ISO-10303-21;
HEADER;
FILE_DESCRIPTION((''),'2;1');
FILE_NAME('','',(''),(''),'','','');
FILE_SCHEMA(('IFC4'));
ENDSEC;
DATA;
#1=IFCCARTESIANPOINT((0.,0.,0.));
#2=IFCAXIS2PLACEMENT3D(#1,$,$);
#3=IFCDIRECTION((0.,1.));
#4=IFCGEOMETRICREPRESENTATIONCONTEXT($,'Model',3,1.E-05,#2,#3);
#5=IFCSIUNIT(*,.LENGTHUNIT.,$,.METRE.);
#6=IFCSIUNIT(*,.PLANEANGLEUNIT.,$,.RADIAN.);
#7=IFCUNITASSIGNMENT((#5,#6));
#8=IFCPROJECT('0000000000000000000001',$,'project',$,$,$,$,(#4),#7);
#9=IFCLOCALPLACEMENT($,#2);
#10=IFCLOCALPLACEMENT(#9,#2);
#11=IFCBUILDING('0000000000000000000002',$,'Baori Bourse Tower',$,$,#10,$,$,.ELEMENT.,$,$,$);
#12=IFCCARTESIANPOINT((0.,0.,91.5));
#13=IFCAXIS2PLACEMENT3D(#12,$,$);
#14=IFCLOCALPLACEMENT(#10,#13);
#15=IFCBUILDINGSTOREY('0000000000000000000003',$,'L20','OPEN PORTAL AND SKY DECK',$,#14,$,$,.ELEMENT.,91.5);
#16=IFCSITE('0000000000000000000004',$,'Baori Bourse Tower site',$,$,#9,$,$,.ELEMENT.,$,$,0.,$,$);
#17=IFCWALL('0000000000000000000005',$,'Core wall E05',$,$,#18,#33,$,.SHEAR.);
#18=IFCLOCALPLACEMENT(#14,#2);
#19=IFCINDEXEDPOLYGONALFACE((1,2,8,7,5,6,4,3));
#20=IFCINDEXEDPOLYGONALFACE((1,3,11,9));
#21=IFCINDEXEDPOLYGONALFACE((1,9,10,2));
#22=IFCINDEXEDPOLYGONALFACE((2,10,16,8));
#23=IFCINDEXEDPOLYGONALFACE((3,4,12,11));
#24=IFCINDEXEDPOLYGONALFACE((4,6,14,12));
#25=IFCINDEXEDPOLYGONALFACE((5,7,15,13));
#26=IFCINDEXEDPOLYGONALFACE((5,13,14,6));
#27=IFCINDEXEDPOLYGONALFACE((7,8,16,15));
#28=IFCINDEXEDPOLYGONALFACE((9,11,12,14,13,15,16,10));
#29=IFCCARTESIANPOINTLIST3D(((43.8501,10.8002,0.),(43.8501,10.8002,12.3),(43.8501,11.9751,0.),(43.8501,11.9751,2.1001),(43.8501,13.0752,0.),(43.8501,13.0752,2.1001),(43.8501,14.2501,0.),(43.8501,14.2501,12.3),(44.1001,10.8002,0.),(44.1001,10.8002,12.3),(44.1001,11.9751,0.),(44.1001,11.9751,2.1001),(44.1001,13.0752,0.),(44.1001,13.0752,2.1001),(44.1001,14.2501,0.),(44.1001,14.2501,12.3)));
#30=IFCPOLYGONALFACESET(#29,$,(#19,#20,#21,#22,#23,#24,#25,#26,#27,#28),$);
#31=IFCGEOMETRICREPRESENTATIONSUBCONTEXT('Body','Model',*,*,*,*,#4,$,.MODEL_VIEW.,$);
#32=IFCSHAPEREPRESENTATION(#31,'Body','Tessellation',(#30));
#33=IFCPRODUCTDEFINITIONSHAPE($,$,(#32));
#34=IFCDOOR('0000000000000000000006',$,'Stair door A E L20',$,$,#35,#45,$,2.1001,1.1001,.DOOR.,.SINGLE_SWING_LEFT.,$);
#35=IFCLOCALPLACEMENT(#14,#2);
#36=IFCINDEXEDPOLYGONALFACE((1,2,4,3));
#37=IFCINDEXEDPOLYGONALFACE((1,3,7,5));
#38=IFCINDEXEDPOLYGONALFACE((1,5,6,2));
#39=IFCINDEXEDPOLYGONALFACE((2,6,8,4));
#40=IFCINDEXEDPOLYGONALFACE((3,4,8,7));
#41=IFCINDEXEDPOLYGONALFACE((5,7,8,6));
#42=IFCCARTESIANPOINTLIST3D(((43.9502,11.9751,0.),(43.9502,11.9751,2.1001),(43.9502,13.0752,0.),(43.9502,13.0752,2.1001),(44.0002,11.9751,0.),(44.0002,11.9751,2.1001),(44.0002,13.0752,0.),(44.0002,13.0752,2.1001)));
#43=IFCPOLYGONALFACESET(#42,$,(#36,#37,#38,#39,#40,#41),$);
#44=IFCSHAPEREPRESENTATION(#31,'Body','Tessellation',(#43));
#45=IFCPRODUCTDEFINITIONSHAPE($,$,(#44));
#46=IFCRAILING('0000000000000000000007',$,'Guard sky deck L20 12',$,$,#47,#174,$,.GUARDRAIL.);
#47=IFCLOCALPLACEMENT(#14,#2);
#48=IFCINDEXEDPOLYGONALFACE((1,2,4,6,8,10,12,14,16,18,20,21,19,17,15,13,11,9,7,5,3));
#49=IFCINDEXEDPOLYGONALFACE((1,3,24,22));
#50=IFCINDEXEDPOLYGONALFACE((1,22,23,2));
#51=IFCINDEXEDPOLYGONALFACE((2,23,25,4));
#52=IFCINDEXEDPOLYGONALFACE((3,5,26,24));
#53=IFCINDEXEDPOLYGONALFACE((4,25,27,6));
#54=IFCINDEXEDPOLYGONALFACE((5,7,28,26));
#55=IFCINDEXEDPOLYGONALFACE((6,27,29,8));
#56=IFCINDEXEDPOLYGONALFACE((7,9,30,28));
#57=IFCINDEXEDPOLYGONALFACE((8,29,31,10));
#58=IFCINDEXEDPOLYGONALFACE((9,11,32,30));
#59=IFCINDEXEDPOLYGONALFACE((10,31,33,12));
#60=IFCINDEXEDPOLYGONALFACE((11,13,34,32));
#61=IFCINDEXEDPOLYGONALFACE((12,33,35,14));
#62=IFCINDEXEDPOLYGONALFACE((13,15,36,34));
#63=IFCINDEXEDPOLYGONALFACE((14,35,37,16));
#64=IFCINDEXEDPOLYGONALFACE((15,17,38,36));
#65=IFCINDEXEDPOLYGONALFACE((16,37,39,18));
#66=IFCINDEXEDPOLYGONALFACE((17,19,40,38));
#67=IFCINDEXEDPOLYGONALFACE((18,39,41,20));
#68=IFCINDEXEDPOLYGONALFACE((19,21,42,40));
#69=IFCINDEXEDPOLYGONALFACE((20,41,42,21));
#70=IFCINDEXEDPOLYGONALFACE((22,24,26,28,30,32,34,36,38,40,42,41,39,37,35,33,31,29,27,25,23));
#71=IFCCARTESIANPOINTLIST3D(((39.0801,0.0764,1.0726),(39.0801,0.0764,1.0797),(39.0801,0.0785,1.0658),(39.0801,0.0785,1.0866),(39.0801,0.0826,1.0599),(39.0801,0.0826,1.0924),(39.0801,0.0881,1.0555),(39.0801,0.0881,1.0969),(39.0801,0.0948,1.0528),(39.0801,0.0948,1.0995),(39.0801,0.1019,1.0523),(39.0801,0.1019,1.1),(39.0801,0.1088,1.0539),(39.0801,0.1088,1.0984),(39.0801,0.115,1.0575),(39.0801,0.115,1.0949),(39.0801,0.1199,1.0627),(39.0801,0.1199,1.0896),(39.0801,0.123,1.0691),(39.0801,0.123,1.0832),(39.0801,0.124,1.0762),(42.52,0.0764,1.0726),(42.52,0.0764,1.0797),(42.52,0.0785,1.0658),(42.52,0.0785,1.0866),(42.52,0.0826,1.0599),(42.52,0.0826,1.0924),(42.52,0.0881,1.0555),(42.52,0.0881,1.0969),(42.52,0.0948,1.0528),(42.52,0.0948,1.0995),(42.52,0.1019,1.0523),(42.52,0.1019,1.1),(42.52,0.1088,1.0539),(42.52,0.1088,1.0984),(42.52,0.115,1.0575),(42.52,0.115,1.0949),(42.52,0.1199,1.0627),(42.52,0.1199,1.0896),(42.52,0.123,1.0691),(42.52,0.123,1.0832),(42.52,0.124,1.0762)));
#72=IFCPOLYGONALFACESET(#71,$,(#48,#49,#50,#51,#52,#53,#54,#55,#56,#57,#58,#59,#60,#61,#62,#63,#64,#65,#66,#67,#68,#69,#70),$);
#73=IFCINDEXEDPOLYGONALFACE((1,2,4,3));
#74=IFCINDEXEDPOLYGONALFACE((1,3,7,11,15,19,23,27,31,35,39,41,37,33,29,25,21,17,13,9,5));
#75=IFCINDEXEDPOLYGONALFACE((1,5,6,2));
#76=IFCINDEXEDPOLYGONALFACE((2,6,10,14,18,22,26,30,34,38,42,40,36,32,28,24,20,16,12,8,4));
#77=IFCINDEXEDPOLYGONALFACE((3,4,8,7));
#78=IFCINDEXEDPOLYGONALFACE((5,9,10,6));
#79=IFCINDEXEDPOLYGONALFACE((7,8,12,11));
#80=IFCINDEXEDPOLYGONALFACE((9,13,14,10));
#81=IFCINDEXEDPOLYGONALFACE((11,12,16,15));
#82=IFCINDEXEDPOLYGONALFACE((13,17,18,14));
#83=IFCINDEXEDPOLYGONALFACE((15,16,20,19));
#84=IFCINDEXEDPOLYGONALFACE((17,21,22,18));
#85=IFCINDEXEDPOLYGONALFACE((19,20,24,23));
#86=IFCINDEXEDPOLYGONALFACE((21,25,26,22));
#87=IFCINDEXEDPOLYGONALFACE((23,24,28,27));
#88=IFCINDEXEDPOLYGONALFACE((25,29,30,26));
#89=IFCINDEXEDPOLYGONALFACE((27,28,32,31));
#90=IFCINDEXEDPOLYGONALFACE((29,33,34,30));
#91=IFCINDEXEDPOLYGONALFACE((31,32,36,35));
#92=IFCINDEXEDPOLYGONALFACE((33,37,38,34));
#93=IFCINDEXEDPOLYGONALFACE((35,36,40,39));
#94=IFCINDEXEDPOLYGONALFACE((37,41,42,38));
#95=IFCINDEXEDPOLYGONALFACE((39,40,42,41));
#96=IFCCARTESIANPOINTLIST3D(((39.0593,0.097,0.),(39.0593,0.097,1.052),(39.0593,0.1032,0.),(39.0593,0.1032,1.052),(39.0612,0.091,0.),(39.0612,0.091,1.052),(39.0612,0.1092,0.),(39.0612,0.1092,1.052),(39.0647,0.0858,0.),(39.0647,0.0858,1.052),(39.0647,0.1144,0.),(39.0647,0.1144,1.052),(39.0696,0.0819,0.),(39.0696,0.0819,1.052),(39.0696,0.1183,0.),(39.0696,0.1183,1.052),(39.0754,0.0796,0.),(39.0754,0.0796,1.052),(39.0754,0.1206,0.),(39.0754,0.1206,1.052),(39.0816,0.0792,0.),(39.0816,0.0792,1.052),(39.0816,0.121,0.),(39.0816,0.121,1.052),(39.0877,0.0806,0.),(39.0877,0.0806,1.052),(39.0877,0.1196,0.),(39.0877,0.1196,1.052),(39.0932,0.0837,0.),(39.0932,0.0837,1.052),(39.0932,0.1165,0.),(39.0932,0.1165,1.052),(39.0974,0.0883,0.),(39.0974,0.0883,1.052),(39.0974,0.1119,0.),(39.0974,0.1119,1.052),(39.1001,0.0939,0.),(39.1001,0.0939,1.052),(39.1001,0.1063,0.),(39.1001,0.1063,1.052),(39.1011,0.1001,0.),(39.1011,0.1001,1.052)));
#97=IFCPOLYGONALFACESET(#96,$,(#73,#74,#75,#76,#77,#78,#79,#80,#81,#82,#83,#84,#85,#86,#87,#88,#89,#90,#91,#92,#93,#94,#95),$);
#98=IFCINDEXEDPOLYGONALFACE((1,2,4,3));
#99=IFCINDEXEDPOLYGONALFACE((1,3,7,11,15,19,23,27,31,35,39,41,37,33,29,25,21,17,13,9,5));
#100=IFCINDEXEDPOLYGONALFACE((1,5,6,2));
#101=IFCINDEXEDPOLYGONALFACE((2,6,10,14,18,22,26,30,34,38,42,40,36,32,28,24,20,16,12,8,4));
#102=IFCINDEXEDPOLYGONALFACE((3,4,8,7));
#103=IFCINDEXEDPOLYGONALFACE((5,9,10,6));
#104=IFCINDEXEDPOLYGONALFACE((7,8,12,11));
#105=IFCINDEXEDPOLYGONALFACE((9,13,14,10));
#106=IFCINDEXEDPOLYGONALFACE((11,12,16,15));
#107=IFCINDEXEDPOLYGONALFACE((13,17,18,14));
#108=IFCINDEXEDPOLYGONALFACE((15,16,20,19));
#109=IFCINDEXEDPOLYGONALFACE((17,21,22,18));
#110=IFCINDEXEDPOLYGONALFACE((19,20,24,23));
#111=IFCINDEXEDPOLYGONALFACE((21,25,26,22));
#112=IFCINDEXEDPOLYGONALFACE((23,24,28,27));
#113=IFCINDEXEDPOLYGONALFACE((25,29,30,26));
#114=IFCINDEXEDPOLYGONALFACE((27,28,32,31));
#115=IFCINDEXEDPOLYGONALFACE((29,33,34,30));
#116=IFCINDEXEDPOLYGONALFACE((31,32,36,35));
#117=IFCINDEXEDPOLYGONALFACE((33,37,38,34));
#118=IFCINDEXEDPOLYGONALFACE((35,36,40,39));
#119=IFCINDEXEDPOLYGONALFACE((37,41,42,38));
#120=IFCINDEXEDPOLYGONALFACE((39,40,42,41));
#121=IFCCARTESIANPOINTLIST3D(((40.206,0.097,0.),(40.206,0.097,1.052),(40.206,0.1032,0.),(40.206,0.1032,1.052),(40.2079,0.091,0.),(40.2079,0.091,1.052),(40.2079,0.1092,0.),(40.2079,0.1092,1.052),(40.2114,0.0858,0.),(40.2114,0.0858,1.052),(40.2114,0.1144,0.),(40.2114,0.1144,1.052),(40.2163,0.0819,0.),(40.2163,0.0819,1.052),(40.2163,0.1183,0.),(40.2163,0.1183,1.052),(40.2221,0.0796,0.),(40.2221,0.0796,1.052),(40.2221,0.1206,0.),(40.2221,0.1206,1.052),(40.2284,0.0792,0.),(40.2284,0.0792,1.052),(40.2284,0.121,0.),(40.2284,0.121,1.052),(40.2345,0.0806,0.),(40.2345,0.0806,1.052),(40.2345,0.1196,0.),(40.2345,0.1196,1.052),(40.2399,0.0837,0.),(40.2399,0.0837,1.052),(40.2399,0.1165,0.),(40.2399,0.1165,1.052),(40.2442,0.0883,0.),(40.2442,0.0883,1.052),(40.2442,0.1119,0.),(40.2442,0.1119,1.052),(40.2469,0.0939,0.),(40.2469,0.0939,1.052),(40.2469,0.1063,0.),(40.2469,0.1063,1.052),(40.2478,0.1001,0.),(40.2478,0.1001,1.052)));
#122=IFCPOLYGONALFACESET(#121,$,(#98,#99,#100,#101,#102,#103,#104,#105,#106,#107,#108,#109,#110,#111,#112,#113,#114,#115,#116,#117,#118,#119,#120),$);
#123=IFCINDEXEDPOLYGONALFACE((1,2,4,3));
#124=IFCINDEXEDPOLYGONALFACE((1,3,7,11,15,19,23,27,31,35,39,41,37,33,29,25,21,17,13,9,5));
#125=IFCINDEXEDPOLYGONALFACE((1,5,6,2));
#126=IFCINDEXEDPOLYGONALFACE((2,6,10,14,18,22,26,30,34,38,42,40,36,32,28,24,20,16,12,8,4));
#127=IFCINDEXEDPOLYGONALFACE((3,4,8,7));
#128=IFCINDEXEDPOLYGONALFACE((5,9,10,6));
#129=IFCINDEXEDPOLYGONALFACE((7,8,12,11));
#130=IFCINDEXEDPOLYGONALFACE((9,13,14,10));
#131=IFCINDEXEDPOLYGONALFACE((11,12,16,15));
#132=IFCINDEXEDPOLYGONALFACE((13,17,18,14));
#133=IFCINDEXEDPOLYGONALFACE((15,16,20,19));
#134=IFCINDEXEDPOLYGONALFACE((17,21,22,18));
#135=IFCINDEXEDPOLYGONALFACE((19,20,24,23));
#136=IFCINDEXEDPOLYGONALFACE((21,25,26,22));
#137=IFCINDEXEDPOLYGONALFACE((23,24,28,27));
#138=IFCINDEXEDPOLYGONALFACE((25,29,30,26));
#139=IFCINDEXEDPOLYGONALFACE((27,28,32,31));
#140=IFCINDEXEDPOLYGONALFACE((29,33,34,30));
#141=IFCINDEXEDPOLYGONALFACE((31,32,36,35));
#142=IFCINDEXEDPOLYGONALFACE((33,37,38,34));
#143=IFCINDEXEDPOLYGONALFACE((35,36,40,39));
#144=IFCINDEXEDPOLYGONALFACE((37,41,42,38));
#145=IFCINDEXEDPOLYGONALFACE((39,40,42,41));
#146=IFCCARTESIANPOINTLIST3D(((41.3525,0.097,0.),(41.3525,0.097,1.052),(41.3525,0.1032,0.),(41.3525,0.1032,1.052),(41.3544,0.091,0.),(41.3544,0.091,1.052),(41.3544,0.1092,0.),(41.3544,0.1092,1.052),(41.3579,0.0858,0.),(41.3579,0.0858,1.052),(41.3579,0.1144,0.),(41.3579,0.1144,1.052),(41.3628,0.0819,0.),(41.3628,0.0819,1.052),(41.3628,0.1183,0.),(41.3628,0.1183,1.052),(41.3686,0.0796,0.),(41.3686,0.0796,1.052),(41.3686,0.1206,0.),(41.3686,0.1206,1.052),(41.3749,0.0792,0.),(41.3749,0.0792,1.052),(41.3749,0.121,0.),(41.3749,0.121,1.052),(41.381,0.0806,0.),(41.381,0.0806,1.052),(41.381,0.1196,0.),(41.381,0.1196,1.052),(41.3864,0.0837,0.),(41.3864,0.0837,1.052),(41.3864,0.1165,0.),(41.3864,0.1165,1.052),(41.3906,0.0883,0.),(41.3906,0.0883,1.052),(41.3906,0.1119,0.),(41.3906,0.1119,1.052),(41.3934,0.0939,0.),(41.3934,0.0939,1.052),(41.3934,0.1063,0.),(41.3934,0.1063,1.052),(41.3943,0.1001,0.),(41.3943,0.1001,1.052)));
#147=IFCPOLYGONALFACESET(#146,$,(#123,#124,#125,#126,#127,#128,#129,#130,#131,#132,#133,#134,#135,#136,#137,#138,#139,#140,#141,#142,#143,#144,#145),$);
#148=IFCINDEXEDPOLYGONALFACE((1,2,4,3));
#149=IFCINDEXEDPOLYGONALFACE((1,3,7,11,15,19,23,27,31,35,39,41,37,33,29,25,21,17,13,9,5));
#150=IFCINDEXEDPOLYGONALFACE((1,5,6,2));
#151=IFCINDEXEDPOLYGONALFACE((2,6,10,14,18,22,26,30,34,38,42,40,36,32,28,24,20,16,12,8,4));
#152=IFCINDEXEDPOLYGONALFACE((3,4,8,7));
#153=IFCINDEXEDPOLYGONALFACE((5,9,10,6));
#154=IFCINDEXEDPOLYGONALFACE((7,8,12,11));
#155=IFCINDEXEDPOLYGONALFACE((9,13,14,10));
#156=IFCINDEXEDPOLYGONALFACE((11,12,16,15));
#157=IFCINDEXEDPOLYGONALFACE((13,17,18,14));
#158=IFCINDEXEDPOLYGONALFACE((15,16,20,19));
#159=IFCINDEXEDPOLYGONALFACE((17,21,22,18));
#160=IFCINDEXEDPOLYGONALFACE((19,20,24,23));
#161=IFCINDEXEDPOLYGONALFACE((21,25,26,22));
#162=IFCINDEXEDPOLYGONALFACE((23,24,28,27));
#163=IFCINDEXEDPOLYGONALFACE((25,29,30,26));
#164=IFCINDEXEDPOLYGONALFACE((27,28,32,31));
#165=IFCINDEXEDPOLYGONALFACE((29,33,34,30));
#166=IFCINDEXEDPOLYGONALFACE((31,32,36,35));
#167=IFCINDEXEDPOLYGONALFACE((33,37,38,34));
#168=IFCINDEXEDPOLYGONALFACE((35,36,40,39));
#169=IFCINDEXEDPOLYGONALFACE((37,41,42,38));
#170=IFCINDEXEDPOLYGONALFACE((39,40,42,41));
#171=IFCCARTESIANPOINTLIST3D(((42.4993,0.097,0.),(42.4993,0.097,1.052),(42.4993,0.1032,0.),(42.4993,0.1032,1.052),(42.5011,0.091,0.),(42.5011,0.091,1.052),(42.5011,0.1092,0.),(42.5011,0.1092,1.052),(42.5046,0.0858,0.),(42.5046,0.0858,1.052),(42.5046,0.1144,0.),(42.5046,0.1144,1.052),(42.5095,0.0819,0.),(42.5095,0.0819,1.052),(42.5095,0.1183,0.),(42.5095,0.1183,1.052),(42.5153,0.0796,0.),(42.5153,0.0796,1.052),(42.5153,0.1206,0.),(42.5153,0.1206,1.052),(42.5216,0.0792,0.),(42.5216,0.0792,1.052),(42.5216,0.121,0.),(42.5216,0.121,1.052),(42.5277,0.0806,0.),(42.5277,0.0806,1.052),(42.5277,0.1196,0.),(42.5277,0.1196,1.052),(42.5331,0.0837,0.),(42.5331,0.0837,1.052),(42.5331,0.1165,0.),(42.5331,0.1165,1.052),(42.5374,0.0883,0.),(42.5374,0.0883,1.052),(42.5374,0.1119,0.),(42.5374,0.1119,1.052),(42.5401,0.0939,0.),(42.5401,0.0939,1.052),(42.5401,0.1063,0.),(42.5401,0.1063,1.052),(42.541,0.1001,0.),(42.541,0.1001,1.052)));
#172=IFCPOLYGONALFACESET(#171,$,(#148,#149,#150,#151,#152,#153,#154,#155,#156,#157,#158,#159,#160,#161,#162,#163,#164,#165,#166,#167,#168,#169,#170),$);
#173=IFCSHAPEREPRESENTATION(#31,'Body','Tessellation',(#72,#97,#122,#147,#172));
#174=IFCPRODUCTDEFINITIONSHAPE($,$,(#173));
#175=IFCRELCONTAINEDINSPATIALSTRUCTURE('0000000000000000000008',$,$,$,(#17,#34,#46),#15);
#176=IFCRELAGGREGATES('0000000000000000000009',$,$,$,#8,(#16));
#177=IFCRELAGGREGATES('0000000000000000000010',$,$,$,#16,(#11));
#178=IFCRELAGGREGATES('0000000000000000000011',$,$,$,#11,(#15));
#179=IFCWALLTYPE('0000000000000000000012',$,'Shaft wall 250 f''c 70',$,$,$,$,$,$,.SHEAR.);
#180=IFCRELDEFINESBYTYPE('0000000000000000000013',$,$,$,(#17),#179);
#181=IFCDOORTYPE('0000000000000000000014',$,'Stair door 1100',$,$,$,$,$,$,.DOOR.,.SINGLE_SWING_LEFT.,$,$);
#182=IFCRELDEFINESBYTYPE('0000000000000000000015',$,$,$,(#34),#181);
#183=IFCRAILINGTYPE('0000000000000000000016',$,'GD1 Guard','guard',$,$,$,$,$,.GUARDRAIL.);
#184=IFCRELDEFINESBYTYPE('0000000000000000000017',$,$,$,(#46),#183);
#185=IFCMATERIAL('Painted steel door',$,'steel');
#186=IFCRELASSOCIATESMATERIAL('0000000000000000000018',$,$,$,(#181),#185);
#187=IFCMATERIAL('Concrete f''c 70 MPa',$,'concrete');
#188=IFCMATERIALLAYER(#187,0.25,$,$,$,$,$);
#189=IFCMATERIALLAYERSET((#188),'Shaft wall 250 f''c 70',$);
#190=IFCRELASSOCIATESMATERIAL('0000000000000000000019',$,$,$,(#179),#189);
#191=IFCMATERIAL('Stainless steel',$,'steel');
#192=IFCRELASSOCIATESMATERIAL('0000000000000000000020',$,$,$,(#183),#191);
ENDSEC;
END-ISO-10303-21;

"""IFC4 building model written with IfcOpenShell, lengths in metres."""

from ifc_helpers import new_model, si_unit, direction, frame, frame_2d, origin, origin_2d, place, context, subcontext, project, spatial, rectangle, circle, extrude, material, layer, layer_set, type_object, element, fill, save


model = new_model("IFC4")

# Units and contexts
model_context = context("Model", 3, precision=1e-05, world=origin(), true_north=direction((0.0, 1.0)))
body_context = subcontext(model_context, "Body", "Model", "MODEL_VIEW")
ifc_project = project(units=[si_unit("LENGTHUNIT", "METRE"), si_unit("PLANEANGLEUNIT", "RADIAN")], contexts=[model_context])

# Site, building, storey
site_placement = place(None, origin())
site = spatial("IfcSite", under=ifc_project, at=site_placement, Name="Baori Bourse Tower site", CompositionType="ELEMENT", RefElevation=0.0)
building_placement = place(site_placement, origin())
building = spatial("IfcBuilding", under=site, at=building_placement, Name="Baori Bourse Tower", CompositionType="ELEMENT")
storey_placement = place(building_placement, frame((0.0, 0.0, 91.5)))
storey = spatial("IfcBuildingStorey", under=building, at=storey_placement, Name="L20", Description="OPEN PORTAL AND SKY DECK", CompositionType="ELEMENT", Elevation=91.5)

# Shared definitions
ifc_material_1 = material(Name="Painted steel door", Category="steel")
door_type_1 = type_object("IfcDoorType", Name="Stair door 1100", OperationType="SINGLE_SWING_LEFT", PredefinedType="DOOR", material=ifc_material_1)

# Wall, opening, door
ifc_material_2 = material(Name="Concrete f'c 70 MPa", Category="concrete")
ifc_layer_1 = layer(ifc_material_2, 0.25)
ifc_layer_set_1 = layer_set([ifc_layer_1], Name="Shaft wall 250 f'c 70")
wall_type_1 = type_object("IfcWallType", Name="Shaft wall 250 f'c 70", PredefinedType="SHEAR", material=ifc_layer_set_1)
wall_1_placement = place(storey_placement, frame((43.9751, 10.8, 0.0), z_axis=(0.0, 0.0, 1.0), x_axis=(0.0, 1.0, 0.0)))
wall_1 = element("IfcWall", 1, at=wall_1_placement, inside=storey, type_object=wall_type_1, Name="Core wall E05", PredefinedType="SHEAR", context=body_context, shape_type="SweptSolid", body=[
    extrude(rectangle(XDim=3.45, YDim=0.25, at=frame_2d((1.7251, 0.0))), origin(), (0.0, 0.0, 1.0), 12.3),
])
opening_1_placement = place(wall_1_placement, frame((1.175, 0.0, 0.0)))
opening_1 = element("IfcOpeningElement", 2, at=opening_1_placement, cuts=wall_1, PredefinedType="OPENING", context=body_context, shape_type="SweptSolid", body=[
    extrude(rectangle(XDim=1.1001, YDim=2.1001, at=frame_2d((0.55, 1.05))), frame((0.0, 0.135, 0.0), z_axis=(0.0, -1.0, 0.0), x_axis=(1.0, 0.0, 0.0)), (0.0, 0.0, 1.0), 0.27),
])
door_1_placement = place(opening_1_placement, origin())
door_1 = element("IfcDoor", 3, at=door_1_placement, inside=storey, type_object=door_type_1, Name="Stair door A E L20", OperationType="SINGLE_SWING_LEFT", OverallHeight=2.1001, OverallWidth=1.1001, PredefinedType="DOOR", context=body_context, shape_type="SweptSolid", body=[
    extrude(rectangle(XDim=1.1001, YDim=2.1001, at=frame_2d((0.55, 1.05))), frame((0.0, 0.0249, 0.0), z_axis=(0.0, -1.0, 0.0), x_axis=(1.0, 0.0, 0.0)), (0.0, 0.0, 1.0), 0.05),
])
fill(opening_1, door_1)

# Railing
ifc_material_3 = material(Name="Stainless steel", Category="steel")
railing_type_1 = type_object("IfcRailingType", Name="GD1 Guard", Description="guard", PredefinedType="GUARDRAIL", material=ifc_material_3)
railing_1_placement = place(storey_placement, frame((39.0801, 0.1001, 0.0)))
element("IfcRailing", 4, at=railing_1_placement, inside=storey, type_object=railing_type_1, Name="Guard sky deck L20 12", PredefinedType="GUARDRAIL", context=body_context, shape_type="SweptSolid", body=[
    extrude(circle(Radius=0.0239, at=origin_2d()), frame((0.0, 0.0, 1.0762), z_axis=(1.0, 0.0, 0.0), x_axis=(0.0, 1.0, 0.0)), (0.0, 0.0, 1.0), 3.4399),
    extrude(circle(Radius=0.021, at=origin_2d()), origin(), (0.0, 0.0, 1.0), 1.052),
    extrude(circle(Radius=0.021, at=origin_2d()), frame((1.1467, 0.0, 0.0)), (0.0, 0.0, 1.0), 1.052),
    extrude(circle(Radius=0.021, at=origin_2d()), frame((2.2932, 0.0, 0.0)), (0.0, 0.0, 1.0), 1.052),
    extrude(circle(Radius=0.021, at=origin_2d()), frame((3.4399, 0.0, 0.0)), (0.0, 0.0, 1.0), 1.052),
])

save(model, "model.ifc")
